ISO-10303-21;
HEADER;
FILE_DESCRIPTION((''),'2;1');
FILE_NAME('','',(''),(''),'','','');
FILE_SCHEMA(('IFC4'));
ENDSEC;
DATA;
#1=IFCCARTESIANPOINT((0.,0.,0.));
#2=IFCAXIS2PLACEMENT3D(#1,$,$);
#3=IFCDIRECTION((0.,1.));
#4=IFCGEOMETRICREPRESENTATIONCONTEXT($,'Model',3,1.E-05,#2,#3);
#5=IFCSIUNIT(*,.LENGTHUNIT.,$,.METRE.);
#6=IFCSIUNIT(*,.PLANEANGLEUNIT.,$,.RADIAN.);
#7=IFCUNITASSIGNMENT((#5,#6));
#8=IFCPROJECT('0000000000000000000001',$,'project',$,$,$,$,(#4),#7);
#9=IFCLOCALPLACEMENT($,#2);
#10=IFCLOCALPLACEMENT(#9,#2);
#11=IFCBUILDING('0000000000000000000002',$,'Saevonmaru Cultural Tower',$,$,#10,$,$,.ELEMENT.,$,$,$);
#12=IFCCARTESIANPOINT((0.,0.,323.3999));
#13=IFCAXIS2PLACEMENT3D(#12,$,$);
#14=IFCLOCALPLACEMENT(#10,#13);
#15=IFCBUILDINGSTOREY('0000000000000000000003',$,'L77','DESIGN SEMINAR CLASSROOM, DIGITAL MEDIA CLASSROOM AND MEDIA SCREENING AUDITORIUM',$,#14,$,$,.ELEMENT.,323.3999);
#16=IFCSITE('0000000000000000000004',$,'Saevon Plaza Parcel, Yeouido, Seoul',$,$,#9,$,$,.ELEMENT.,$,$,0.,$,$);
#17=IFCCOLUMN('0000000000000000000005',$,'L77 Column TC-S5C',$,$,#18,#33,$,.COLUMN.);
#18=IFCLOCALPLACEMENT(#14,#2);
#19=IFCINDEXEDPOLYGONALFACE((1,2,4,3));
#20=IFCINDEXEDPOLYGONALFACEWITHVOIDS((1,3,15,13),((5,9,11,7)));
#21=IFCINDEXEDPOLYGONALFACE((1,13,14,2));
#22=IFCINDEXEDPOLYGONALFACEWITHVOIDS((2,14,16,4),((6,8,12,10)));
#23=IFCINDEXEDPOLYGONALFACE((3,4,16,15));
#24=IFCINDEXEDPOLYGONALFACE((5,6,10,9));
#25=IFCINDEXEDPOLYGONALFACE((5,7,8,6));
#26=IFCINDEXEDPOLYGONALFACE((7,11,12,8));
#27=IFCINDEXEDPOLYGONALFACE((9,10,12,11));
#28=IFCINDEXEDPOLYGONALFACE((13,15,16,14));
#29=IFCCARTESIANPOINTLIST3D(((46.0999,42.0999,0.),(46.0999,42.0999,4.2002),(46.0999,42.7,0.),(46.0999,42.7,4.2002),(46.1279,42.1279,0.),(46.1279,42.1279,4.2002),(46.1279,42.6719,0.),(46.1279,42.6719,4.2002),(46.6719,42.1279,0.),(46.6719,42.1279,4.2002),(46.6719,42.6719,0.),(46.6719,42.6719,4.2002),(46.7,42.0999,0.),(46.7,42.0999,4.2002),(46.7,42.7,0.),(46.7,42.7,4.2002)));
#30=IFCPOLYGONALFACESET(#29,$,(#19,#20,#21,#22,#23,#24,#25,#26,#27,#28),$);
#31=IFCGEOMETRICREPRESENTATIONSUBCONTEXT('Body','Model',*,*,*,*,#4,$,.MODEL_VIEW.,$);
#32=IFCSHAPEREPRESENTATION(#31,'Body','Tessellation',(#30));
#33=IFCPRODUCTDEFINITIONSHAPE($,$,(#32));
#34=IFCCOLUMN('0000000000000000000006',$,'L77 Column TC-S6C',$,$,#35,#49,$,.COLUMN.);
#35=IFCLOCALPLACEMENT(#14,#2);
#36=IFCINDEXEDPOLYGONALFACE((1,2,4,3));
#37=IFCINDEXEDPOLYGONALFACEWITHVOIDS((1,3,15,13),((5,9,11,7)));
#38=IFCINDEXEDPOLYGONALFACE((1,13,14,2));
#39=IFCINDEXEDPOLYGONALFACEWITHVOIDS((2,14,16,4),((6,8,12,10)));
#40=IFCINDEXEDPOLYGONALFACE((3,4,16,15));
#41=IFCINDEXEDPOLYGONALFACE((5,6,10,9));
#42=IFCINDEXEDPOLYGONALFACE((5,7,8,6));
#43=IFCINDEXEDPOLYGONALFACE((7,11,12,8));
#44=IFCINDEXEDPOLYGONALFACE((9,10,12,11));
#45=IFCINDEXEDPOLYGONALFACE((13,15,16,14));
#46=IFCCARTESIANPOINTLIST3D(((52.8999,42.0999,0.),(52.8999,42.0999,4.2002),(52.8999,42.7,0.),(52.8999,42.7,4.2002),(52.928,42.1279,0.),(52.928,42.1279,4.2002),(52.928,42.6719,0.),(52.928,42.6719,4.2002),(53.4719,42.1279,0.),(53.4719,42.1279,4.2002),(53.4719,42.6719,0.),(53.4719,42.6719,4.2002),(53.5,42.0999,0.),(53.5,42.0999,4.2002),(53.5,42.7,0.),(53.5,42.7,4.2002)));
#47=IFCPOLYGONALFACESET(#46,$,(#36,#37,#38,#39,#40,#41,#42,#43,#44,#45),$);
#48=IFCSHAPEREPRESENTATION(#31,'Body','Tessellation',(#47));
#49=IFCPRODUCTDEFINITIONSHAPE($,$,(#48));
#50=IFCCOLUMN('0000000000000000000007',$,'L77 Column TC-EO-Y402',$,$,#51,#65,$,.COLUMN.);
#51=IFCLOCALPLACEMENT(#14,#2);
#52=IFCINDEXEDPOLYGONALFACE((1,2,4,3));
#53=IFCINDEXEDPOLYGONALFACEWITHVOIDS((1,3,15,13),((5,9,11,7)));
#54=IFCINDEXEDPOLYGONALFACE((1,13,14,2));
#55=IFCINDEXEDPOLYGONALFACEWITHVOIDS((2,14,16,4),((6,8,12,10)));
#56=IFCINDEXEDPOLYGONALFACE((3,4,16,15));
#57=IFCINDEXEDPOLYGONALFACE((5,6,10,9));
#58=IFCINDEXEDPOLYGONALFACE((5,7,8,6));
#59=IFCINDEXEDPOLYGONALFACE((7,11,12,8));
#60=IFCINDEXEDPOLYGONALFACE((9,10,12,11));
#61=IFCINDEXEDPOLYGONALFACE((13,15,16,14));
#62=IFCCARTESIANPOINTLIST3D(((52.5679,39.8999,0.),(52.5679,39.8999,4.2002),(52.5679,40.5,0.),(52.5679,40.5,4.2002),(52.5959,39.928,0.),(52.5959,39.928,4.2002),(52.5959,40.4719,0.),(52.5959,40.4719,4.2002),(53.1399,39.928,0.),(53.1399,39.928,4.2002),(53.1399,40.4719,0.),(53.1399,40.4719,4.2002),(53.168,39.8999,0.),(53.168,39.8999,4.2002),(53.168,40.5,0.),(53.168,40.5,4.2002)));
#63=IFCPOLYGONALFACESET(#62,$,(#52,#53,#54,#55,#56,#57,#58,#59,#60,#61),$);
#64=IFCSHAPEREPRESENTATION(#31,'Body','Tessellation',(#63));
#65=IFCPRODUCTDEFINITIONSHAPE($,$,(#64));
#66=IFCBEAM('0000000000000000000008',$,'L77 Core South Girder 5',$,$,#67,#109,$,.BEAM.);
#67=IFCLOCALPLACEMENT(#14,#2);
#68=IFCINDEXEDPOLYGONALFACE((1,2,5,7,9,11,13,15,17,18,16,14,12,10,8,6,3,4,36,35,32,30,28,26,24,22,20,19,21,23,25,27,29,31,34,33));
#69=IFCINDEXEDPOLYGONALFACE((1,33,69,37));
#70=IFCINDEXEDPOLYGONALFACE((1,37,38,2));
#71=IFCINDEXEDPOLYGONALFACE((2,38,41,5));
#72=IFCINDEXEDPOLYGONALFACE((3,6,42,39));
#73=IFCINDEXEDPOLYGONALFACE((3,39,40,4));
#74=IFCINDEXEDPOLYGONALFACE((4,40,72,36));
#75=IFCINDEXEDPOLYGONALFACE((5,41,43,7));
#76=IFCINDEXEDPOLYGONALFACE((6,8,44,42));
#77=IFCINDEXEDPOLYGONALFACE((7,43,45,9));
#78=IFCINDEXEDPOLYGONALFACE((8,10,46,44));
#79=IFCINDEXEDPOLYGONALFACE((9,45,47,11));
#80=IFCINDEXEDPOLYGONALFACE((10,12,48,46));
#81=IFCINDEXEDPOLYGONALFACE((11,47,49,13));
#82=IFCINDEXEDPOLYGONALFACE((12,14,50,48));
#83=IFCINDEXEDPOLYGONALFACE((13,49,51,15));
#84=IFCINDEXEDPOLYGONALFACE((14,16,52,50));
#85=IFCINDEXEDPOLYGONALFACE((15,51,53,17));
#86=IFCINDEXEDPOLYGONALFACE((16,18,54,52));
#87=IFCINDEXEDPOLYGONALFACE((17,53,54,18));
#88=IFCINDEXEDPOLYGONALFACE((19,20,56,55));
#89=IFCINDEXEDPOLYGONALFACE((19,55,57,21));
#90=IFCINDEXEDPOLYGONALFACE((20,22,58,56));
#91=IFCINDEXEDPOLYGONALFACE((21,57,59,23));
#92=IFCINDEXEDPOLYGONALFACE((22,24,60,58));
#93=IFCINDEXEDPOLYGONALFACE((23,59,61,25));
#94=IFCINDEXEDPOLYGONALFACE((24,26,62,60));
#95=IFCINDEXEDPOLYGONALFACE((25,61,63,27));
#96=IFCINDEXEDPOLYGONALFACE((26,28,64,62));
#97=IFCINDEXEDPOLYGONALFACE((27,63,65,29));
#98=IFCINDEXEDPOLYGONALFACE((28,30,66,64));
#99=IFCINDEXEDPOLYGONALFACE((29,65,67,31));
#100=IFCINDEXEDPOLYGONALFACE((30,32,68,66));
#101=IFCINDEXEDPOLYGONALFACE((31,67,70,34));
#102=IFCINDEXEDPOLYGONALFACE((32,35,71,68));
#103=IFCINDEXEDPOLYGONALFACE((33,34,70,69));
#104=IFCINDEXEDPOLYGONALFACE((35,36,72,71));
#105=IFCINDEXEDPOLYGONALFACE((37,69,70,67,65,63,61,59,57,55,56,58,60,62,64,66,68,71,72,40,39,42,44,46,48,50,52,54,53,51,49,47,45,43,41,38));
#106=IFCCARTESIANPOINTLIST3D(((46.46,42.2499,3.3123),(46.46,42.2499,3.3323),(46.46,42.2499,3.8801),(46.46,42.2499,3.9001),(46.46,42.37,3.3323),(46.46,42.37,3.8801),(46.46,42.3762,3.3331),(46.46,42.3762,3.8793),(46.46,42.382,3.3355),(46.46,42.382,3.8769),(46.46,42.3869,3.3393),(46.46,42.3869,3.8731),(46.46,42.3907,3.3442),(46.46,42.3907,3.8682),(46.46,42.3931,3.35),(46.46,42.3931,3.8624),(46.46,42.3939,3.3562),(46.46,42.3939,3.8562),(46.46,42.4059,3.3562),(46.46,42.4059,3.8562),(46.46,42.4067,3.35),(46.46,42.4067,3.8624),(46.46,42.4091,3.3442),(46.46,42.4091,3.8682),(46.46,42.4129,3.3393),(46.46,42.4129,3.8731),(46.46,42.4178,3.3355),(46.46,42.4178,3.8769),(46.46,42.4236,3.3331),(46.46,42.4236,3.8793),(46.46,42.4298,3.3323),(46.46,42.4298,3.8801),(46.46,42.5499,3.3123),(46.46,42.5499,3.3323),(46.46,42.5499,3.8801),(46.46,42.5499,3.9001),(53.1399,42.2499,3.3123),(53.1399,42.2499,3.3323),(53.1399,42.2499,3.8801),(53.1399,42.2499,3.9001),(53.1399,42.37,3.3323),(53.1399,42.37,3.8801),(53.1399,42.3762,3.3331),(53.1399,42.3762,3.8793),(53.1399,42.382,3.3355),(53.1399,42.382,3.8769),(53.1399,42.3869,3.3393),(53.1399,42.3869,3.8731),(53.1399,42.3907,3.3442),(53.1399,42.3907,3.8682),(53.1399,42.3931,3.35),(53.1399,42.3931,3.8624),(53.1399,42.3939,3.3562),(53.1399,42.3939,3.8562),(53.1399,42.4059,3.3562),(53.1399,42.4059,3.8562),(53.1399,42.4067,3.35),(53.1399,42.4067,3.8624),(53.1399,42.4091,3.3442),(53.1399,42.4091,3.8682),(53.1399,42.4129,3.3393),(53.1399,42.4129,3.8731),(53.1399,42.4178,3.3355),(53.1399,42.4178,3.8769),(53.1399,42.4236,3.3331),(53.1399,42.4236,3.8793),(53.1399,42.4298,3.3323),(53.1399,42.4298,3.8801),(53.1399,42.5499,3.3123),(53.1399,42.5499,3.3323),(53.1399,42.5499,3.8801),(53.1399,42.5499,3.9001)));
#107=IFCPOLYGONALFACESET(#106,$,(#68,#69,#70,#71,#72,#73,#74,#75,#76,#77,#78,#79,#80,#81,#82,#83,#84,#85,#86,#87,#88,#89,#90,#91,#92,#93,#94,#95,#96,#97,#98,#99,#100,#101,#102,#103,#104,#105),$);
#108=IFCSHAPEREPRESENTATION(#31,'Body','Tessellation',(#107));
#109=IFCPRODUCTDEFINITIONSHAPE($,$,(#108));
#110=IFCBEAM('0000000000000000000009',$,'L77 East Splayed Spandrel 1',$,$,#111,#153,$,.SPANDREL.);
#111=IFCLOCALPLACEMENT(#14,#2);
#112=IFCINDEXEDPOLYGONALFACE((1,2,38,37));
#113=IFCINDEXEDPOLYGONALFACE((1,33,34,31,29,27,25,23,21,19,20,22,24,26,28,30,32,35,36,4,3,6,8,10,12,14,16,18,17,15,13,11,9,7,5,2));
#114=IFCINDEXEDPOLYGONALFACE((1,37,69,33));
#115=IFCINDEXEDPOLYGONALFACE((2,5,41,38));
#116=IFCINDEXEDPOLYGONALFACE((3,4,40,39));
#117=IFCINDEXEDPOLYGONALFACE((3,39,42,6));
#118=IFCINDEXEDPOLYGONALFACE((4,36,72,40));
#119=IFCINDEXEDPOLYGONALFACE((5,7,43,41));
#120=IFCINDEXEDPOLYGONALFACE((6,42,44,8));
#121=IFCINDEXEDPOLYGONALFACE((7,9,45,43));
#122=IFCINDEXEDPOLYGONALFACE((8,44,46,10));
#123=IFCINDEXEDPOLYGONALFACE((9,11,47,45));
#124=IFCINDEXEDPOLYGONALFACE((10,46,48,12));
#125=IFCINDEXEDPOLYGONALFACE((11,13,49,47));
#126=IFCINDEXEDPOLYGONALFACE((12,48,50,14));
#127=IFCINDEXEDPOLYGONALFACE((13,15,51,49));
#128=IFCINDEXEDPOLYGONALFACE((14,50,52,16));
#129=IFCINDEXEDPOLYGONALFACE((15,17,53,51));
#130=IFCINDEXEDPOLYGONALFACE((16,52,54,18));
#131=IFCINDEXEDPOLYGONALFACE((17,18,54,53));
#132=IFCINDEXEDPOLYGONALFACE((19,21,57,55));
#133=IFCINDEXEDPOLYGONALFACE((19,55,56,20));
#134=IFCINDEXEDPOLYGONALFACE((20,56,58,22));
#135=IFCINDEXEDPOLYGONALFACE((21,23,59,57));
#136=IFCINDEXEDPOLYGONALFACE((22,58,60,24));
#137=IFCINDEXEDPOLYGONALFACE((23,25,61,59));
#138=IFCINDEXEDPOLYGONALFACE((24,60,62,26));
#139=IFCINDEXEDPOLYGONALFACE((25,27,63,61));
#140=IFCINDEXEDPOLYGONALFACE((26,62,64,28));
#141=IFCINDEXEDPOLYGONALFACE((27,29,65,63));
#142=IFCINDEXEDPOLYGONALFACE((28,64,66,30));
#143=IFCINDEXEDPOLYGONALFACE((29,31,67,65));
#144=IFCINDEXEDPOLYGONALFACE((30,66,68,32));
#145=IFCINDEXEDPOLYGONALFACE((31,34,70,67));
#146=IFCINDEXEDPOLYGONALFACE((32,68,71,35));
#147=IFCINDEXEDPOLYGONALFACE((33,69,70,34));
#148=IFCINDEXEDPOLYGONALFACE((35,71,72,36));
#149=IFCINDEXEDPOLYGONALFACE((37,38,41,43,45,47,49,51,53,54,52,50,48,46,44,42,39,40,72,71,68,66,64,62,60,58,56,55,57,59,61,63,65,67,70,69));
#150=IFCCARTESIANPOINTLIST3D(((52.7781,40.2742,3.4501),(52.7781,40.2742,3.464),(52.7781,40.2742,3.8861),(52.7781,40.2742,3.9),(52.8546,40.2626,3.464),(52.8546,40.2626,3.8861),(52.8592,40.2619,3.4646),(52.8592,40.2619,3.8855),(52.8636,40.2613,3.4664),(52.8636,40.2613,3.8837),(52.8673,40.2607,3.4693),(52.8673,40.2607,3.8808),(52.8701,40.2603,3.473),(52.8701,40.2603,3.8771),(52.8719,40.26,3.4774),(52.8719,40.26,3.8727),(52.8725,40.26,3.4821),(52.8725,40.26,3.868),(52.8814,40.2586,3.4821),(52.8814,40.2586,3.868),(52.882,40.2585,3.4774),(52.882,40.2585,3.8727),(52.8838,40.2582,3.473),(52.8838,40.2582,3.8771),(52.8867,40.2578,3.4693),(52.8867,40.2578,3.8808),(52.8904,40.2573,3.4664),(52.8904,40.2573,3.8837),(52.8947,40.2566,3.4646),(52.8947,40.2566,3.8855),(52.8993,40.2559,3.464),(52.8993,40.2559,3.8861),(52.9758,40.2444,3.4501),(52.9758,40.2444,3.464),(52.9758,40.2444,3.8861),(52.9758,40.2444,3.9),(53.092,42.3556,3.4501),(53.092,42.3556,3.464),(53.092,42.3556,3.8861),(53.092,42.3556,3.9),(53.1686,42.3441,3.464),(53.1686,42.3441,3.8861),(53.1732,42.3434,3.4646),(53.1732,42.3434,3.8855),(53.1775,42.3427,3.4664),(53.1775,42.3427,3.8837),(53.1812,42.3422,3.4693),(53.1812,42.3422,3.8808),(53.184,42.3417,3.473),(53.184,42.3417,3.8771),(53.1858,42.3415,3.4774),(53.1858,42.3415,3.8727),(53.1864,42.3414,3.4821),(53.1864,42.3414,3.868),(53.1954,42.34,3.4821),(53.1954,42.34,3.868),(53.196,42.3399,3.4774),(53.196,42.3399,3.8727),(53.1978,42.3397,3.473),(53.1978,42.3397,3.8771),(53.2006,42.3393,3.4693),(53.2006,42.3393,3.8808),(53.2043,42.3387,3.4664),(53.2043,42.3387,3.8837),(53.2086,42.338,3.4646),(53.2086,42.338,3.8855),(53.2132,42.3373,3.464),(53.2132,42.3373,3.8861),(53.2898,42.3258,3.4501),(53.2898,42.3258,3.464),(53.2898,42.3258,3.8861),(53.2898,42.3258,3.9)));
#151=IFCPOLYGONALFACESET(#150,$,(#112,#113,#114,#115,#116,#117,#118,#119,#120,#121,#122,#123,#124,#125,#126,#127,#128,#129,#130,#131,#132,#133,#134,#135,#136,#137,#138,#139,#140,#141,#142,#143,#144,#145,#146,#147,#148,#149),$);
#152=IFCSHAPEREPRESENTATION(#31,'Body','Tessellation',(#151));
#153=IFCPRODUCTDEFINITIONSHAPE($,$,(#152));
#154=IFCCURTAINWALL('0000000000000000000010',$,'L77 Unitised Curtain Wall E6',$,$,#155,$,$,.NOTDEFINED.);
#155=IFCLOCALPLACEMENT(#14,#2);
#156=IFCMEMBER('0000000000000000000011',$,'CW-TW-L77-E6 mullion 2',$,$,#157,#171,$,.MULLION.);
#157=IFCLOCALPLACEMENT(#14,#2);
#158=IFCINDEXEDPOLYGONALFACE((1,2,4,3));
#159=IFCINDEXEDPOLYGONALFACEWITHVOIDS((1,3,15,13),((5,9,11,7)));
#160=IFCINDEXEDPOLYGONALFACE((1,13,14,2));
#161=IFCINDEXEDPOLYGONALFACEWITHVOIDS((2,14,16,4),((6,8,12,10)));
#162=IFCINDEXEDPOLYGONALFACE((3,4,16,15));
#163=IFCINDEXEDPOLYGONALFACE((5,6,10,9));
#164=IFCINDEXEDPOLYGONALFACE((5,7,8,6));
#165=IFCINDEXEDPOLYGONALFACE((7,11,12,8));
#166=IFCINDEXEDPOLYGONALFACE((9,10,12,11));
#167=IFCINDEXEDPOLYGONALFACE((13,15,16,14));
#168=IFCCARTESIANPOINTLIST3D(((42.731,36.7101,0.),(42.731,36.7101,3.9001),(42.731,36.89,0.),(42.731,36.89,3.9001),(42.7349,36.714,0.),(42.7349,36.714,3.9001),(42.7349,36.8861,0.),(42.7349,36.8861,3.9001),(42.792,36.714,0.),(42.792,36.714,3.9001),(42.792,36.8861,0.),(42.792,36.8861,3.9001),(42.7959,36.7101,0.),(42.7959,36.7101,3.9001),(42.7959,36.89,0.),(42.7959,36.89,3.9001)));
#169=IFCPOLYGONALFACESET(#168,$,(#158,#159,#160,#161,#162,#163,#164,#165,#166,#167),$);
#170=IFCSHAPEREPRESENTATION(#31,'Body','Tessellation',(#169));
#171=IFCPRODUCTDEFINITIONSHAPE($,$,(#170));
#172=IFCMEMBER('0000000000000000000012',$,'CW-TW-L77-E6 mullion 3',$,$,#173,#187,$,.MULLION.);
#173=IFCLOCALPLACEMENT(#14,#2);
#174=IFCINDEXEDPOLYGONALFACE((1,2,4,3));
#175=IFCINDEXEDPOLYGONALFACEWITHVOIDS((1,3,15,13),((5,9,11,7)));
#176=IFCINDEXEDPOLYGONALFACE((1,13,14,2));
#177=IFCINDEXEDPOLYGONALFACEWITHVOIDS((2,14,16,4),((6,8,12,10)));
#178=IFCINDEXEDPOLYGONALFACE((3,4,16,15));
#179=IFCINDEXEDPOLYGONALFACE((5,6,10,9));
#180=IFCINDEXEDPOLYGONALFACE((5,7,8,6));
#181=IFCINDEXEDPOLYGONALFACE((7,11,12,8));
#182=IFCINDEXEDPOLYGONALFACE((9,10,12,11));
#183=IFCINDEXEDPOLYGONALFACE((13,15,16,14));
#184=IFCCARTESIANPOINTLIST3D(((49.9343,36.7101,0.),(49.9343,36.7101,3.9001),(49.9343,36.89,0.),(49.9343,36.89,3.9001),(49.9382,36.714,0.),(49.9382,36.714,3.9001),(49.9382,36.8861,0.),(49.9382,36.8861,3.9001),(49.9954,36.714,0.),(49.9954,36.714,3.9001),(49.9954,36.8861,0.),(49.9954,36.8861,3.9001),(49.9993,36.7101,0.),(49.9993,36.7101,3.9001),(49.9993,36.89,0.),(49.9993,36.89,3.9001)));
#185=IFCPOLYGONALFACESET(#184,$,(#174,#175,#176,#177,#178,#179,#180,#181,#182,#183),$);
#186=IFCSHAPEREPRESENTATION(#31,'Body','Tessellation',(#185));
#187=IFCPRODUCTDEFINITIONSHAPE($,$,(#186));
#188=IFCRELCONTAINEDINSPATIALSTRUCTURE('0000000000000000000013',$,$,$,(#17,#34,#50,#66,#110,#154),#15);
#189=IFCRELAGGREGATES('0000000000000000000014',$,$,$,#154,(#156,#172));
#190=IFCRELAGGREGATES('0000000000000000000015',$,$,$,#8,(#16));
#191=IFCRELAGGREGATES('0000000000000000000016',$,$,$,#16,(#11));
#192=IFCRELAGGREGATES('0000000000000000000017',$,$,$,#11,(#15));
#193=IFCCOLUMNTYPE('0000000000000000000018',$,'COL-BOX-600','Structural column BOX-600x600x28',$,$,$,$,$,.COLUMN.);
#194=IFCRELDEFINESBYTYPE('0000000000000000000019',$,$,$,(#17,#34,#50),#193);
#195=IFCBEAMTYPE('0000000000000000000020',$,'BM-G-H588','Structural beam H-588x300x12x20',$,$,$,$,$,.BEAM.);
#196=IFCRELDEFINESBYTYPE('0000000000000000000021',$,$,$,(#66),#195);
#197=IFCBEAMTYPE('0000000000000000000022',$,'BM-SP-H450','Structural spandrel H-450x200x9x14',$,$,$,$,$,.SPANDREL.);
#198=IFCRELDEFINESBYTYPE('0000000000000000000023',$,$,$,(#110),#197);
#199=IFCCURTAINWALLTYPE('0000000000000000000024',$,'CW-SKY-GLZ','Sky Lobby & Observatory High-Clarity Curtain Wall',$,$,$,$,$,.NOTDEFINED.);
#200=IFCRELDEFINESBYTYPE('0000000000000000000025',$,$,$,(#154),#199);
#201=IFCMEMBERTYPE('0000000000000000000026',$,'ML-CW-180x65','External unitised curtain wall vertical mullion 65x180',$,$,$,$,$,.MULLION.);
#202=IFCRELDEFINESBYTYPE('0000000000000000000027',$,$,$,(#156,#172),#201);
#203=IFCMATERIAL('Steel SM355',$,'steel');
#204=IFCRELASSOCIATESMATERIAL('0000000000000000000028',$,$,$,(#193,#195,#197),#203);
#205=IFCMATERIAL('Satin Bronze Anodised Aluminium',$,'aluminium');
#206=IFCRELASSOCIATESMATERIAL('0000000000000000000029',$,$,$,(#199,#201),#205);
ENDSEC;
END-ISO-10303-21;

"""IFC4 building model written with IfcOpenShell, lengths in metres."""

from ifc_helpers import new_model, si_unit, direction, frame, origin, origin_2d, place, context, subcontext, project, spatial, hollow_rectangle, i_section, extrude, material, material_profile, profile_set, type_object, element, aggregate, save


model = new_model("IFC4")

# Units and contexts
model_context = context("Model", 3, precision=1e-05, world=origin(), true_north=direction((0.0, 1.0)))
body_context = subcontext(model_context, "Body", "Model", "MODEL_VIEW")
ifc_project = project(units=[si_unit("LENGTHUNIT", "METRE"), si_unit("PLANEANGLEUNIT", "RADIAN")], contexts=[model_context])

# Site, building, storey
site_placement = place(None, origin())
site = spatial("IfcSite", under=ifc_project, at=site_placement, Name="Saevon Plaza Parcel, Yeouido, Seoul", CompositionType="ELEMENT", RefElevation=0.0)
building_placement = place(site_placement, origin())
building = spatial("IfcBuilding", under=site, at=building_placement, Name="Saevonmaru Cultural Tower", CompositionType="ELEMENT")
storey_placement = place(building_placement, frame((0.0, 0.0, 323.3999)))
storey = spatial("IfcBuildingStorey", under=building, at=storey_placement, Name="L77", Description="DESIGN SEMINAR CLASSROOM, DIGITAL MEDIA CLASSROOM AND MEDIA SCREENING AUDITORIUM", CompositionType="ELEMENT", Elevation=323.3999)

# Columns
ifc_material_1 = material(Name="Steel SM355", Category="steel")
ifc_material_profile_1 = material_profile(ifc_material_1, hollow_rectangle(XDim=0.6001, YDim=0.6001, WallThickness=0.0281, at=origin_2d()), Name="BOX-600x600x28")
ifc_profile_set_1 = profile_set([ifc_material_profile_1], Name="Steel SM355")
column_type = type_object("IfcColumnType", Name="COL-BOX-600", Description="Structural column BOX-600x600x28", PredefinedType="COLUMN", material=ifc_profile_set_1)
for number, where, z_axis, x_axis, name in (
    (1, (46.3999, 42.3999, 0.0), (0.0, 0.0, 1.0), (1.0, 0.0, 0.0), "L77 Column TC-S5C"),
    (2, (53.2, 42.3999, 0.0), (0.0, 0.0, 1.0), (1.0, 0.0, 0.0), "L77 Column TC-S6C"),
    (3, (52.8679, 40.2, 0.0), (0.0, 0.0, 1.0), (1.0, 0.0, 0.0), "L77 Column TC-EO-Y402"),
):
    element("IfcColumn", number, at=place(storey_placement, frame(where, z_axis=z_axis, x_axis=x_axis)), inside=storey, type_object=column_type, Name=name, PredefinedType="COLUMN", context=body_context, shape_type="SweptSolid", body=[
        extrude(hollow_rectangle(XDim=0.6001, YDim=0.6001, WallThickness=0.0281, at=origin_2d()), origin(), (0.0, 0.0, 1.0), 4.2002),
    ])

# Beams
ifc_material_profile_2 = material_profile(ifc_material_1, i_section(OverallWidth=0.3, OverallDepth=0.5879, WebThickness=0.012, FlangeThickness=0.02, FilletRadius=0.0239, at=origin_2d()), Name="H-588x300x12x20")
ifc_profile_set_2 = profile_set([ifc_material_profile_2], Name="Steel SM355")
beam_type_1 = type_object("IfcBeamType", Name="BM-G-H588", Description="Structural beam H-588x300x12x20", PredefinedType="BEAM", material=ifc_profile_set_2)
beam_1_placement = place(storey_placement, frame((46.46, 42.3999, 3.6062), z_axis=(1.0, 0.0, 0.0), x_axis=(0.0, 1.0, 0.0)))
element("IfcBeam", 4, at=beam_1_placement, inside=storey, type_object=beam_type_1, Name="L77 Core South Girder 5", PredefinedType="BEAM", context=body_context, shape_type="SweptSolid", body=[
    extrude(i_section(OverallWidth=0.3, OverallDepth=0.5879, WebThickness=0.012, FlangeThickness=0.02, FilletRadius=0.0239, at=origin_2d()), origin(), (0.0, 0.0, 1.0), 6.6799),
])
ifc_material_profile_3 = material_profile(ifc_material_1, i_section(OverallWidth=0.2, OverallDepth=0.45, WebThickness=0.009, FlangeThickness=0.0139, FilletRadius=0.0181, at=origin_2d()), Name="H-450x200x9x14")
ifc_profile_set_3 = profile_set([ifc_material_profile_3], Name="Steel SM355")
beam_type_2 = type_object("IfcBeamType", Name="BM-SP-H450", Description="Structural spandrel H-450x200x9x14", PredefinedType="SPANDREL", material=ifc_profile_set_3)
beam_2_placement = place(storey_placement, frame((52.877, 40.2593, 3.675), z_axis=(0.149146, 0.988815, 0.0), x_axis=(-0.988815, 0.149146, 0.0)))
element("IfcBeam", 5, at=beam_2_placement, inside=storey, type_object=beam_type_2, Name="L77 East Splayed Spandrel 1", PredefinedType="SPANDREL", context=body_context, shape_type="SweptSolid", body=[
    extrude(i_section(OverallWidth=0.2, OverallDepth=0.45, WebThickness=0.009, FlangeThickness=0.0139, FilletRadius=0.0181, at=origin_2d()), origin(), (0.0, 0.0, 1.0), 2.105),
])

# Curtain wall, members
ifc_material_2 = material(Name="Satin Bronze Anodised Aluminium", Category="aluminium")
curtain_wall_type = type_object("IfcCurtainWallType", Name="CW-SKY-GLZ", Description="Sky Lobby & Observatory High-Clarity Curtain Wall", PredefinedType="NOTDEFINED", material=ifc_material_2)
curtain_wall_1_placement = place(storey_placement, origin())
curtain_wall_1 = element("IfcCurtainWall", 6, at=curtain_wall_1_placement, inside=storey, type_object=curtain_wall_type, Name="L77 Unitised Curtain Wall E6", PredefinedType="NOTDEFINED")
ifc_material_profile_4 = material_profile(ifc_material_2, hollow_rectangle(XDim=0.0649, YDim=0.1799, WallThickness=0.0039, at=origin_2d()), Name="ALU-MULL-180x65x4")
ifc_profile_set_4 = profile_set([ifc_material_profile_4], Name="Satin Bronze Anodised Aluminium")
member_type_1 = type_object("IfcMemberType", Name="ML-CW-180x65", Description="External unitised curtain wall vertical mullion 65x180", PredefinedType="MULLION", material=ifc_profile_set_4)
member_1_placement = place(storey_placement, frame((42.7634, 36.8, 0.0), z_axis=(0.0, 0.0, 1.0), x_axis=(1.0, 0.0, 0.0)))
member_1 = element("IfcMember", 7, at=member_1_placement, type_object=member_type_1, Name="CW-TW-L77-E6 mullion 2", PredefinedType="MULLION", context=body_context, shape_type="SweptSolid", body=[
    extrude(hollow_rectangle(XDim=0.0649, YDim=0.1799, WallThickness=0.0039, at=origin_2d()), origin(), (0.0, 0.0, 1.0), 3.9001),
])
member_2_placement = place(storey_placement, frame((49.9668, 36.8, 0.0), z_axis=(0.0, 0.0, 1.0), x_axis=(1.0, 0.0, 0.0)))
member_2 = element("IfcMember", 8, at=member_2_placement, type_object=member_type_1, Name="CW-TW-L77-E6 mullion 3", PredefinedType="MULLION", context=body_context, shape_type="SweptSolid", body=[
    extrude(hollow_rectangle(XDim=0.0649, YDim=0.1799, WallThickness=0.0039, at=origin_2d()), origin(), (0.0, 0.0, 1.0), 3.9001),
])

aggregate(curtain_wall_1, [member_1, member_2])

save(model, "model.ifc")
